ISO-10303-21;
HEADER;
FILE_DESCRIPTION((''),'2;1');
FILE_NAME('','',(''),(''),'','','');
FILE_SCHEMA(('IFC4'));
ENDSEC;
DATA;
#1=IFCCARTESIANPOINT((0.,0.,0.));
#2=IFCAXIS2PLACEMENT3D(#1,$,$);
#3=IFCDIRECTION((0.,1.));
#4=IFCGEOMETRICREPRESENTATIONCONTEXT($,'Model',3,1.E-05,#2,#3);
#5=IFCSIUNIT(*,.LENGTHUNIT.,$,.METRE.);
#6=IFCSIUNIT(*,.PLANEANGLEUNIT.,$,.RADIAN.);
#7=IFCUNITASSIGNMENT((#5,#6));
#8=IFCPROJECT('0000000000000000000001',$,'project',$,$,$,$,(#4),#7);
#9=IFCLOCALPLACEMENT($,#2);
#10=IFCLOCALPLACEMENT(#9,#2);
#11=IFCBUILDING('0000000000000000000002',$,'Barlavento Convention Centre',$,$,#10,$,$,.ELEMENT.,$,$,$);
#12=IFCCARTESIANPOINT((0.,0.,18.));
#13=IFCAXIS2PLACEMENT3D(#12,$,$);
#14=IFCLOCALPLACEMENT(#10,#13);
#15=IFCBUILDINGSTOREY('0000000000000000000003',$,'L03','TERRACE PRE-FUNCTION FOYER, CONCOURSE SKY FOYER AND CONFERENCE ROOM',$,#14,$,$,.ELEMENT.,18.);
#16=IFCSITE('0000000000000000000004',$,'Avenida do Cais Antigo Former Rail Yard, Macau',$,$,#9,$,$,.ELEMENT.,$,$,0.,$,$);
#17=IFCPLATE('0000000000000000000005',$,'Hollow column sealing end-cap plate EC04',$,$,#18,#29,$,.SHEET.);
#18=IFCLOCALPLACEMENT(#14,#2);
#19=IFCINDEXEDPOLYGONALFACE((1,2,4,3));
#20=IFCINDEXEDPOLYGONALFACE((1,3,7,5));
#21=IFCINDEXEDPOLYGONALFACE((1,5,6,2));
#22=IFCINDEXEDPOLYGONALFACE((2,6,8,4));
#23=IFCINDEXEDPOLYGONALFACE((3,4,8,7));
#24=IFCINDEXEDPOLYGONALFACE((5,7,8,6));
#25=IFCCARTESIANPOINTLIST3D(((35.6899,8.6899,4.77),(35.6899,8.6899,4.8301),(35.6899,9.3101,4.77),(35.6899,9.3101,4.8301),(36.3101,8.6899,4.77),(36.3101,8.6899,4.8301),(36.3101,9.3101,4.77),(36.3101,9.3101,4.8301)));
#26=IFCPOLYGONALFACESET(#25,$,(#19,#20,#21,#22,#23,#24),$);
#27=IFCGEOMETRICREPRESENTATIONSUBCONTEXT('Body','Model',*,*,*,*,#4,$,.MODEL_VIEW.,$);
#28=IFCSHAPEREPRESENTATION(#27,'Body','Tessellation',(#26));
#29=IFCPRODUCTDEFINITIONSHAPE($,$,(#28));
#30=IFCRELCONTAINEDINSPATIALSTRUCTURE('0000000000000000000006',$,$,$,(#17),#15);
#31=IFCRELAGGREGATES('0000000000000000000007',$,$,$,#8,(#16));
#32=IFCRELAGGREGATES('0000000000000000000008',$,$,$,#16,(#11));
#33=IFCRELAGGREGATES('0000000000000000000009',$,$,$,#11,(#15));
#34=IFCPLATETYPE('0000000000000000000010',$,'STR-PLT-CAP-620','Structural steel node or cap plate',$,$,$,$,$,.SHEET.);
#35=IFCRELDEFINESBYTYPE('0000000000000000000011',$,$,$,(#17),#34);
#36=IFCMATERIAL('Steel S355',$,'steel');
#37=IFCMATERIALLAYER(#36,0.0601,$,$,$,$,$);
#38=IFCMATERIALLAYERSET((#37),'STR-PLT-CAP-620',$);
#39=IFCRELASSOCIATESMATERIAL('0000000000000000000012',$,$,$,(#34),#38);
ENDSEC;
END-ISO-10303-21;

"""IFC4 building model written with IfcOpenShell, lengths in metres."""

from ifc_helpers import new_model, si_unit, direction, frame, origin, origin_2d, place, context, subcontext, project, spatial, rectangle, extrude, material, layer, layer_set, type_object, element, save


model = new_model("IFC4")

# Units and contexts
model_context = context("Model", 3, precision=1e-05, world=origin(), true_north=direction((0.0, 1.0)))
body_context = subcontext(model_context, "Body", "Model", "MODEL_VIEW")
ifc_project = project(units=[si_unit("LENGTHUNIT", "METRE"), si_unit("PLANEANGLEUNIT", "RADIAN")], contexts=[model_context])

# Site, building, storey
site_placement = place(None, origin())
site = spatial("IfcSite", under=ifc_project, at=site_placement, Name="Avenida do Cais Antigo Former Rail Yard, Macau", CompositionType="ELEMENT", RefElevation=0.0)
building_placement = place(site_placement, origin())
building = spatial("IfcBuilding", under=site, at=building_placement, Name="Barlavento Convention Centre", CompositionType="ELEMENT")
storey_placement = place(building_placement, frame((0.0, 0.0, 18.0)))
storey = spatial("IfcBuildingStorey", under=building, at=storey_placement, Name="L03", Description="TERRACE PRE-FUNCTION FOYER, CONCOURSE SKY FOYER AND CONFERENCE ROOM", CompositionType="ELEMENT", Elevation=18.0)

# Shared definitions
ifc_material_1 = material(Name="Steel S355", Category="steel")

# Plate
ifc_layer = layer(ifc_material_1, 0.0601)
ifc_layer_set = layer_set([ifc_layer], Name="STR-PLT-CAP-620")
plate_type = type_object("IfcPlateType", Name="STR-PLT-CAP-620", Description="Structural steel node or cap plate", PredefinedType="SHEET", material=ifc_layer_set)
for number, where, z_axis, x_axis, name in (
    (1, (36.0, 9.0, 4.77), (0.0, 0.0, 1.0), (1.0, 0.0, 0.0), "Hollow column sealing end-cap plate EC04"),
):
    element("IfcPlate", number, at=place(storey_placement, frame(where, z_axis=z_axis, x_axis=x_axis)), inside=storey, type_object=plate_type, Name=name, PredefinedType="SHEET", context=body_context, shape_type="SweptSolid", body=[
        extrude(rectangle(XDim=0.6201, YDim=0.6201, at=origin_2d()), origin(), (0.0, 0.0, 1.0), 0.0601),
    ])

save(model, "model.ifc")
